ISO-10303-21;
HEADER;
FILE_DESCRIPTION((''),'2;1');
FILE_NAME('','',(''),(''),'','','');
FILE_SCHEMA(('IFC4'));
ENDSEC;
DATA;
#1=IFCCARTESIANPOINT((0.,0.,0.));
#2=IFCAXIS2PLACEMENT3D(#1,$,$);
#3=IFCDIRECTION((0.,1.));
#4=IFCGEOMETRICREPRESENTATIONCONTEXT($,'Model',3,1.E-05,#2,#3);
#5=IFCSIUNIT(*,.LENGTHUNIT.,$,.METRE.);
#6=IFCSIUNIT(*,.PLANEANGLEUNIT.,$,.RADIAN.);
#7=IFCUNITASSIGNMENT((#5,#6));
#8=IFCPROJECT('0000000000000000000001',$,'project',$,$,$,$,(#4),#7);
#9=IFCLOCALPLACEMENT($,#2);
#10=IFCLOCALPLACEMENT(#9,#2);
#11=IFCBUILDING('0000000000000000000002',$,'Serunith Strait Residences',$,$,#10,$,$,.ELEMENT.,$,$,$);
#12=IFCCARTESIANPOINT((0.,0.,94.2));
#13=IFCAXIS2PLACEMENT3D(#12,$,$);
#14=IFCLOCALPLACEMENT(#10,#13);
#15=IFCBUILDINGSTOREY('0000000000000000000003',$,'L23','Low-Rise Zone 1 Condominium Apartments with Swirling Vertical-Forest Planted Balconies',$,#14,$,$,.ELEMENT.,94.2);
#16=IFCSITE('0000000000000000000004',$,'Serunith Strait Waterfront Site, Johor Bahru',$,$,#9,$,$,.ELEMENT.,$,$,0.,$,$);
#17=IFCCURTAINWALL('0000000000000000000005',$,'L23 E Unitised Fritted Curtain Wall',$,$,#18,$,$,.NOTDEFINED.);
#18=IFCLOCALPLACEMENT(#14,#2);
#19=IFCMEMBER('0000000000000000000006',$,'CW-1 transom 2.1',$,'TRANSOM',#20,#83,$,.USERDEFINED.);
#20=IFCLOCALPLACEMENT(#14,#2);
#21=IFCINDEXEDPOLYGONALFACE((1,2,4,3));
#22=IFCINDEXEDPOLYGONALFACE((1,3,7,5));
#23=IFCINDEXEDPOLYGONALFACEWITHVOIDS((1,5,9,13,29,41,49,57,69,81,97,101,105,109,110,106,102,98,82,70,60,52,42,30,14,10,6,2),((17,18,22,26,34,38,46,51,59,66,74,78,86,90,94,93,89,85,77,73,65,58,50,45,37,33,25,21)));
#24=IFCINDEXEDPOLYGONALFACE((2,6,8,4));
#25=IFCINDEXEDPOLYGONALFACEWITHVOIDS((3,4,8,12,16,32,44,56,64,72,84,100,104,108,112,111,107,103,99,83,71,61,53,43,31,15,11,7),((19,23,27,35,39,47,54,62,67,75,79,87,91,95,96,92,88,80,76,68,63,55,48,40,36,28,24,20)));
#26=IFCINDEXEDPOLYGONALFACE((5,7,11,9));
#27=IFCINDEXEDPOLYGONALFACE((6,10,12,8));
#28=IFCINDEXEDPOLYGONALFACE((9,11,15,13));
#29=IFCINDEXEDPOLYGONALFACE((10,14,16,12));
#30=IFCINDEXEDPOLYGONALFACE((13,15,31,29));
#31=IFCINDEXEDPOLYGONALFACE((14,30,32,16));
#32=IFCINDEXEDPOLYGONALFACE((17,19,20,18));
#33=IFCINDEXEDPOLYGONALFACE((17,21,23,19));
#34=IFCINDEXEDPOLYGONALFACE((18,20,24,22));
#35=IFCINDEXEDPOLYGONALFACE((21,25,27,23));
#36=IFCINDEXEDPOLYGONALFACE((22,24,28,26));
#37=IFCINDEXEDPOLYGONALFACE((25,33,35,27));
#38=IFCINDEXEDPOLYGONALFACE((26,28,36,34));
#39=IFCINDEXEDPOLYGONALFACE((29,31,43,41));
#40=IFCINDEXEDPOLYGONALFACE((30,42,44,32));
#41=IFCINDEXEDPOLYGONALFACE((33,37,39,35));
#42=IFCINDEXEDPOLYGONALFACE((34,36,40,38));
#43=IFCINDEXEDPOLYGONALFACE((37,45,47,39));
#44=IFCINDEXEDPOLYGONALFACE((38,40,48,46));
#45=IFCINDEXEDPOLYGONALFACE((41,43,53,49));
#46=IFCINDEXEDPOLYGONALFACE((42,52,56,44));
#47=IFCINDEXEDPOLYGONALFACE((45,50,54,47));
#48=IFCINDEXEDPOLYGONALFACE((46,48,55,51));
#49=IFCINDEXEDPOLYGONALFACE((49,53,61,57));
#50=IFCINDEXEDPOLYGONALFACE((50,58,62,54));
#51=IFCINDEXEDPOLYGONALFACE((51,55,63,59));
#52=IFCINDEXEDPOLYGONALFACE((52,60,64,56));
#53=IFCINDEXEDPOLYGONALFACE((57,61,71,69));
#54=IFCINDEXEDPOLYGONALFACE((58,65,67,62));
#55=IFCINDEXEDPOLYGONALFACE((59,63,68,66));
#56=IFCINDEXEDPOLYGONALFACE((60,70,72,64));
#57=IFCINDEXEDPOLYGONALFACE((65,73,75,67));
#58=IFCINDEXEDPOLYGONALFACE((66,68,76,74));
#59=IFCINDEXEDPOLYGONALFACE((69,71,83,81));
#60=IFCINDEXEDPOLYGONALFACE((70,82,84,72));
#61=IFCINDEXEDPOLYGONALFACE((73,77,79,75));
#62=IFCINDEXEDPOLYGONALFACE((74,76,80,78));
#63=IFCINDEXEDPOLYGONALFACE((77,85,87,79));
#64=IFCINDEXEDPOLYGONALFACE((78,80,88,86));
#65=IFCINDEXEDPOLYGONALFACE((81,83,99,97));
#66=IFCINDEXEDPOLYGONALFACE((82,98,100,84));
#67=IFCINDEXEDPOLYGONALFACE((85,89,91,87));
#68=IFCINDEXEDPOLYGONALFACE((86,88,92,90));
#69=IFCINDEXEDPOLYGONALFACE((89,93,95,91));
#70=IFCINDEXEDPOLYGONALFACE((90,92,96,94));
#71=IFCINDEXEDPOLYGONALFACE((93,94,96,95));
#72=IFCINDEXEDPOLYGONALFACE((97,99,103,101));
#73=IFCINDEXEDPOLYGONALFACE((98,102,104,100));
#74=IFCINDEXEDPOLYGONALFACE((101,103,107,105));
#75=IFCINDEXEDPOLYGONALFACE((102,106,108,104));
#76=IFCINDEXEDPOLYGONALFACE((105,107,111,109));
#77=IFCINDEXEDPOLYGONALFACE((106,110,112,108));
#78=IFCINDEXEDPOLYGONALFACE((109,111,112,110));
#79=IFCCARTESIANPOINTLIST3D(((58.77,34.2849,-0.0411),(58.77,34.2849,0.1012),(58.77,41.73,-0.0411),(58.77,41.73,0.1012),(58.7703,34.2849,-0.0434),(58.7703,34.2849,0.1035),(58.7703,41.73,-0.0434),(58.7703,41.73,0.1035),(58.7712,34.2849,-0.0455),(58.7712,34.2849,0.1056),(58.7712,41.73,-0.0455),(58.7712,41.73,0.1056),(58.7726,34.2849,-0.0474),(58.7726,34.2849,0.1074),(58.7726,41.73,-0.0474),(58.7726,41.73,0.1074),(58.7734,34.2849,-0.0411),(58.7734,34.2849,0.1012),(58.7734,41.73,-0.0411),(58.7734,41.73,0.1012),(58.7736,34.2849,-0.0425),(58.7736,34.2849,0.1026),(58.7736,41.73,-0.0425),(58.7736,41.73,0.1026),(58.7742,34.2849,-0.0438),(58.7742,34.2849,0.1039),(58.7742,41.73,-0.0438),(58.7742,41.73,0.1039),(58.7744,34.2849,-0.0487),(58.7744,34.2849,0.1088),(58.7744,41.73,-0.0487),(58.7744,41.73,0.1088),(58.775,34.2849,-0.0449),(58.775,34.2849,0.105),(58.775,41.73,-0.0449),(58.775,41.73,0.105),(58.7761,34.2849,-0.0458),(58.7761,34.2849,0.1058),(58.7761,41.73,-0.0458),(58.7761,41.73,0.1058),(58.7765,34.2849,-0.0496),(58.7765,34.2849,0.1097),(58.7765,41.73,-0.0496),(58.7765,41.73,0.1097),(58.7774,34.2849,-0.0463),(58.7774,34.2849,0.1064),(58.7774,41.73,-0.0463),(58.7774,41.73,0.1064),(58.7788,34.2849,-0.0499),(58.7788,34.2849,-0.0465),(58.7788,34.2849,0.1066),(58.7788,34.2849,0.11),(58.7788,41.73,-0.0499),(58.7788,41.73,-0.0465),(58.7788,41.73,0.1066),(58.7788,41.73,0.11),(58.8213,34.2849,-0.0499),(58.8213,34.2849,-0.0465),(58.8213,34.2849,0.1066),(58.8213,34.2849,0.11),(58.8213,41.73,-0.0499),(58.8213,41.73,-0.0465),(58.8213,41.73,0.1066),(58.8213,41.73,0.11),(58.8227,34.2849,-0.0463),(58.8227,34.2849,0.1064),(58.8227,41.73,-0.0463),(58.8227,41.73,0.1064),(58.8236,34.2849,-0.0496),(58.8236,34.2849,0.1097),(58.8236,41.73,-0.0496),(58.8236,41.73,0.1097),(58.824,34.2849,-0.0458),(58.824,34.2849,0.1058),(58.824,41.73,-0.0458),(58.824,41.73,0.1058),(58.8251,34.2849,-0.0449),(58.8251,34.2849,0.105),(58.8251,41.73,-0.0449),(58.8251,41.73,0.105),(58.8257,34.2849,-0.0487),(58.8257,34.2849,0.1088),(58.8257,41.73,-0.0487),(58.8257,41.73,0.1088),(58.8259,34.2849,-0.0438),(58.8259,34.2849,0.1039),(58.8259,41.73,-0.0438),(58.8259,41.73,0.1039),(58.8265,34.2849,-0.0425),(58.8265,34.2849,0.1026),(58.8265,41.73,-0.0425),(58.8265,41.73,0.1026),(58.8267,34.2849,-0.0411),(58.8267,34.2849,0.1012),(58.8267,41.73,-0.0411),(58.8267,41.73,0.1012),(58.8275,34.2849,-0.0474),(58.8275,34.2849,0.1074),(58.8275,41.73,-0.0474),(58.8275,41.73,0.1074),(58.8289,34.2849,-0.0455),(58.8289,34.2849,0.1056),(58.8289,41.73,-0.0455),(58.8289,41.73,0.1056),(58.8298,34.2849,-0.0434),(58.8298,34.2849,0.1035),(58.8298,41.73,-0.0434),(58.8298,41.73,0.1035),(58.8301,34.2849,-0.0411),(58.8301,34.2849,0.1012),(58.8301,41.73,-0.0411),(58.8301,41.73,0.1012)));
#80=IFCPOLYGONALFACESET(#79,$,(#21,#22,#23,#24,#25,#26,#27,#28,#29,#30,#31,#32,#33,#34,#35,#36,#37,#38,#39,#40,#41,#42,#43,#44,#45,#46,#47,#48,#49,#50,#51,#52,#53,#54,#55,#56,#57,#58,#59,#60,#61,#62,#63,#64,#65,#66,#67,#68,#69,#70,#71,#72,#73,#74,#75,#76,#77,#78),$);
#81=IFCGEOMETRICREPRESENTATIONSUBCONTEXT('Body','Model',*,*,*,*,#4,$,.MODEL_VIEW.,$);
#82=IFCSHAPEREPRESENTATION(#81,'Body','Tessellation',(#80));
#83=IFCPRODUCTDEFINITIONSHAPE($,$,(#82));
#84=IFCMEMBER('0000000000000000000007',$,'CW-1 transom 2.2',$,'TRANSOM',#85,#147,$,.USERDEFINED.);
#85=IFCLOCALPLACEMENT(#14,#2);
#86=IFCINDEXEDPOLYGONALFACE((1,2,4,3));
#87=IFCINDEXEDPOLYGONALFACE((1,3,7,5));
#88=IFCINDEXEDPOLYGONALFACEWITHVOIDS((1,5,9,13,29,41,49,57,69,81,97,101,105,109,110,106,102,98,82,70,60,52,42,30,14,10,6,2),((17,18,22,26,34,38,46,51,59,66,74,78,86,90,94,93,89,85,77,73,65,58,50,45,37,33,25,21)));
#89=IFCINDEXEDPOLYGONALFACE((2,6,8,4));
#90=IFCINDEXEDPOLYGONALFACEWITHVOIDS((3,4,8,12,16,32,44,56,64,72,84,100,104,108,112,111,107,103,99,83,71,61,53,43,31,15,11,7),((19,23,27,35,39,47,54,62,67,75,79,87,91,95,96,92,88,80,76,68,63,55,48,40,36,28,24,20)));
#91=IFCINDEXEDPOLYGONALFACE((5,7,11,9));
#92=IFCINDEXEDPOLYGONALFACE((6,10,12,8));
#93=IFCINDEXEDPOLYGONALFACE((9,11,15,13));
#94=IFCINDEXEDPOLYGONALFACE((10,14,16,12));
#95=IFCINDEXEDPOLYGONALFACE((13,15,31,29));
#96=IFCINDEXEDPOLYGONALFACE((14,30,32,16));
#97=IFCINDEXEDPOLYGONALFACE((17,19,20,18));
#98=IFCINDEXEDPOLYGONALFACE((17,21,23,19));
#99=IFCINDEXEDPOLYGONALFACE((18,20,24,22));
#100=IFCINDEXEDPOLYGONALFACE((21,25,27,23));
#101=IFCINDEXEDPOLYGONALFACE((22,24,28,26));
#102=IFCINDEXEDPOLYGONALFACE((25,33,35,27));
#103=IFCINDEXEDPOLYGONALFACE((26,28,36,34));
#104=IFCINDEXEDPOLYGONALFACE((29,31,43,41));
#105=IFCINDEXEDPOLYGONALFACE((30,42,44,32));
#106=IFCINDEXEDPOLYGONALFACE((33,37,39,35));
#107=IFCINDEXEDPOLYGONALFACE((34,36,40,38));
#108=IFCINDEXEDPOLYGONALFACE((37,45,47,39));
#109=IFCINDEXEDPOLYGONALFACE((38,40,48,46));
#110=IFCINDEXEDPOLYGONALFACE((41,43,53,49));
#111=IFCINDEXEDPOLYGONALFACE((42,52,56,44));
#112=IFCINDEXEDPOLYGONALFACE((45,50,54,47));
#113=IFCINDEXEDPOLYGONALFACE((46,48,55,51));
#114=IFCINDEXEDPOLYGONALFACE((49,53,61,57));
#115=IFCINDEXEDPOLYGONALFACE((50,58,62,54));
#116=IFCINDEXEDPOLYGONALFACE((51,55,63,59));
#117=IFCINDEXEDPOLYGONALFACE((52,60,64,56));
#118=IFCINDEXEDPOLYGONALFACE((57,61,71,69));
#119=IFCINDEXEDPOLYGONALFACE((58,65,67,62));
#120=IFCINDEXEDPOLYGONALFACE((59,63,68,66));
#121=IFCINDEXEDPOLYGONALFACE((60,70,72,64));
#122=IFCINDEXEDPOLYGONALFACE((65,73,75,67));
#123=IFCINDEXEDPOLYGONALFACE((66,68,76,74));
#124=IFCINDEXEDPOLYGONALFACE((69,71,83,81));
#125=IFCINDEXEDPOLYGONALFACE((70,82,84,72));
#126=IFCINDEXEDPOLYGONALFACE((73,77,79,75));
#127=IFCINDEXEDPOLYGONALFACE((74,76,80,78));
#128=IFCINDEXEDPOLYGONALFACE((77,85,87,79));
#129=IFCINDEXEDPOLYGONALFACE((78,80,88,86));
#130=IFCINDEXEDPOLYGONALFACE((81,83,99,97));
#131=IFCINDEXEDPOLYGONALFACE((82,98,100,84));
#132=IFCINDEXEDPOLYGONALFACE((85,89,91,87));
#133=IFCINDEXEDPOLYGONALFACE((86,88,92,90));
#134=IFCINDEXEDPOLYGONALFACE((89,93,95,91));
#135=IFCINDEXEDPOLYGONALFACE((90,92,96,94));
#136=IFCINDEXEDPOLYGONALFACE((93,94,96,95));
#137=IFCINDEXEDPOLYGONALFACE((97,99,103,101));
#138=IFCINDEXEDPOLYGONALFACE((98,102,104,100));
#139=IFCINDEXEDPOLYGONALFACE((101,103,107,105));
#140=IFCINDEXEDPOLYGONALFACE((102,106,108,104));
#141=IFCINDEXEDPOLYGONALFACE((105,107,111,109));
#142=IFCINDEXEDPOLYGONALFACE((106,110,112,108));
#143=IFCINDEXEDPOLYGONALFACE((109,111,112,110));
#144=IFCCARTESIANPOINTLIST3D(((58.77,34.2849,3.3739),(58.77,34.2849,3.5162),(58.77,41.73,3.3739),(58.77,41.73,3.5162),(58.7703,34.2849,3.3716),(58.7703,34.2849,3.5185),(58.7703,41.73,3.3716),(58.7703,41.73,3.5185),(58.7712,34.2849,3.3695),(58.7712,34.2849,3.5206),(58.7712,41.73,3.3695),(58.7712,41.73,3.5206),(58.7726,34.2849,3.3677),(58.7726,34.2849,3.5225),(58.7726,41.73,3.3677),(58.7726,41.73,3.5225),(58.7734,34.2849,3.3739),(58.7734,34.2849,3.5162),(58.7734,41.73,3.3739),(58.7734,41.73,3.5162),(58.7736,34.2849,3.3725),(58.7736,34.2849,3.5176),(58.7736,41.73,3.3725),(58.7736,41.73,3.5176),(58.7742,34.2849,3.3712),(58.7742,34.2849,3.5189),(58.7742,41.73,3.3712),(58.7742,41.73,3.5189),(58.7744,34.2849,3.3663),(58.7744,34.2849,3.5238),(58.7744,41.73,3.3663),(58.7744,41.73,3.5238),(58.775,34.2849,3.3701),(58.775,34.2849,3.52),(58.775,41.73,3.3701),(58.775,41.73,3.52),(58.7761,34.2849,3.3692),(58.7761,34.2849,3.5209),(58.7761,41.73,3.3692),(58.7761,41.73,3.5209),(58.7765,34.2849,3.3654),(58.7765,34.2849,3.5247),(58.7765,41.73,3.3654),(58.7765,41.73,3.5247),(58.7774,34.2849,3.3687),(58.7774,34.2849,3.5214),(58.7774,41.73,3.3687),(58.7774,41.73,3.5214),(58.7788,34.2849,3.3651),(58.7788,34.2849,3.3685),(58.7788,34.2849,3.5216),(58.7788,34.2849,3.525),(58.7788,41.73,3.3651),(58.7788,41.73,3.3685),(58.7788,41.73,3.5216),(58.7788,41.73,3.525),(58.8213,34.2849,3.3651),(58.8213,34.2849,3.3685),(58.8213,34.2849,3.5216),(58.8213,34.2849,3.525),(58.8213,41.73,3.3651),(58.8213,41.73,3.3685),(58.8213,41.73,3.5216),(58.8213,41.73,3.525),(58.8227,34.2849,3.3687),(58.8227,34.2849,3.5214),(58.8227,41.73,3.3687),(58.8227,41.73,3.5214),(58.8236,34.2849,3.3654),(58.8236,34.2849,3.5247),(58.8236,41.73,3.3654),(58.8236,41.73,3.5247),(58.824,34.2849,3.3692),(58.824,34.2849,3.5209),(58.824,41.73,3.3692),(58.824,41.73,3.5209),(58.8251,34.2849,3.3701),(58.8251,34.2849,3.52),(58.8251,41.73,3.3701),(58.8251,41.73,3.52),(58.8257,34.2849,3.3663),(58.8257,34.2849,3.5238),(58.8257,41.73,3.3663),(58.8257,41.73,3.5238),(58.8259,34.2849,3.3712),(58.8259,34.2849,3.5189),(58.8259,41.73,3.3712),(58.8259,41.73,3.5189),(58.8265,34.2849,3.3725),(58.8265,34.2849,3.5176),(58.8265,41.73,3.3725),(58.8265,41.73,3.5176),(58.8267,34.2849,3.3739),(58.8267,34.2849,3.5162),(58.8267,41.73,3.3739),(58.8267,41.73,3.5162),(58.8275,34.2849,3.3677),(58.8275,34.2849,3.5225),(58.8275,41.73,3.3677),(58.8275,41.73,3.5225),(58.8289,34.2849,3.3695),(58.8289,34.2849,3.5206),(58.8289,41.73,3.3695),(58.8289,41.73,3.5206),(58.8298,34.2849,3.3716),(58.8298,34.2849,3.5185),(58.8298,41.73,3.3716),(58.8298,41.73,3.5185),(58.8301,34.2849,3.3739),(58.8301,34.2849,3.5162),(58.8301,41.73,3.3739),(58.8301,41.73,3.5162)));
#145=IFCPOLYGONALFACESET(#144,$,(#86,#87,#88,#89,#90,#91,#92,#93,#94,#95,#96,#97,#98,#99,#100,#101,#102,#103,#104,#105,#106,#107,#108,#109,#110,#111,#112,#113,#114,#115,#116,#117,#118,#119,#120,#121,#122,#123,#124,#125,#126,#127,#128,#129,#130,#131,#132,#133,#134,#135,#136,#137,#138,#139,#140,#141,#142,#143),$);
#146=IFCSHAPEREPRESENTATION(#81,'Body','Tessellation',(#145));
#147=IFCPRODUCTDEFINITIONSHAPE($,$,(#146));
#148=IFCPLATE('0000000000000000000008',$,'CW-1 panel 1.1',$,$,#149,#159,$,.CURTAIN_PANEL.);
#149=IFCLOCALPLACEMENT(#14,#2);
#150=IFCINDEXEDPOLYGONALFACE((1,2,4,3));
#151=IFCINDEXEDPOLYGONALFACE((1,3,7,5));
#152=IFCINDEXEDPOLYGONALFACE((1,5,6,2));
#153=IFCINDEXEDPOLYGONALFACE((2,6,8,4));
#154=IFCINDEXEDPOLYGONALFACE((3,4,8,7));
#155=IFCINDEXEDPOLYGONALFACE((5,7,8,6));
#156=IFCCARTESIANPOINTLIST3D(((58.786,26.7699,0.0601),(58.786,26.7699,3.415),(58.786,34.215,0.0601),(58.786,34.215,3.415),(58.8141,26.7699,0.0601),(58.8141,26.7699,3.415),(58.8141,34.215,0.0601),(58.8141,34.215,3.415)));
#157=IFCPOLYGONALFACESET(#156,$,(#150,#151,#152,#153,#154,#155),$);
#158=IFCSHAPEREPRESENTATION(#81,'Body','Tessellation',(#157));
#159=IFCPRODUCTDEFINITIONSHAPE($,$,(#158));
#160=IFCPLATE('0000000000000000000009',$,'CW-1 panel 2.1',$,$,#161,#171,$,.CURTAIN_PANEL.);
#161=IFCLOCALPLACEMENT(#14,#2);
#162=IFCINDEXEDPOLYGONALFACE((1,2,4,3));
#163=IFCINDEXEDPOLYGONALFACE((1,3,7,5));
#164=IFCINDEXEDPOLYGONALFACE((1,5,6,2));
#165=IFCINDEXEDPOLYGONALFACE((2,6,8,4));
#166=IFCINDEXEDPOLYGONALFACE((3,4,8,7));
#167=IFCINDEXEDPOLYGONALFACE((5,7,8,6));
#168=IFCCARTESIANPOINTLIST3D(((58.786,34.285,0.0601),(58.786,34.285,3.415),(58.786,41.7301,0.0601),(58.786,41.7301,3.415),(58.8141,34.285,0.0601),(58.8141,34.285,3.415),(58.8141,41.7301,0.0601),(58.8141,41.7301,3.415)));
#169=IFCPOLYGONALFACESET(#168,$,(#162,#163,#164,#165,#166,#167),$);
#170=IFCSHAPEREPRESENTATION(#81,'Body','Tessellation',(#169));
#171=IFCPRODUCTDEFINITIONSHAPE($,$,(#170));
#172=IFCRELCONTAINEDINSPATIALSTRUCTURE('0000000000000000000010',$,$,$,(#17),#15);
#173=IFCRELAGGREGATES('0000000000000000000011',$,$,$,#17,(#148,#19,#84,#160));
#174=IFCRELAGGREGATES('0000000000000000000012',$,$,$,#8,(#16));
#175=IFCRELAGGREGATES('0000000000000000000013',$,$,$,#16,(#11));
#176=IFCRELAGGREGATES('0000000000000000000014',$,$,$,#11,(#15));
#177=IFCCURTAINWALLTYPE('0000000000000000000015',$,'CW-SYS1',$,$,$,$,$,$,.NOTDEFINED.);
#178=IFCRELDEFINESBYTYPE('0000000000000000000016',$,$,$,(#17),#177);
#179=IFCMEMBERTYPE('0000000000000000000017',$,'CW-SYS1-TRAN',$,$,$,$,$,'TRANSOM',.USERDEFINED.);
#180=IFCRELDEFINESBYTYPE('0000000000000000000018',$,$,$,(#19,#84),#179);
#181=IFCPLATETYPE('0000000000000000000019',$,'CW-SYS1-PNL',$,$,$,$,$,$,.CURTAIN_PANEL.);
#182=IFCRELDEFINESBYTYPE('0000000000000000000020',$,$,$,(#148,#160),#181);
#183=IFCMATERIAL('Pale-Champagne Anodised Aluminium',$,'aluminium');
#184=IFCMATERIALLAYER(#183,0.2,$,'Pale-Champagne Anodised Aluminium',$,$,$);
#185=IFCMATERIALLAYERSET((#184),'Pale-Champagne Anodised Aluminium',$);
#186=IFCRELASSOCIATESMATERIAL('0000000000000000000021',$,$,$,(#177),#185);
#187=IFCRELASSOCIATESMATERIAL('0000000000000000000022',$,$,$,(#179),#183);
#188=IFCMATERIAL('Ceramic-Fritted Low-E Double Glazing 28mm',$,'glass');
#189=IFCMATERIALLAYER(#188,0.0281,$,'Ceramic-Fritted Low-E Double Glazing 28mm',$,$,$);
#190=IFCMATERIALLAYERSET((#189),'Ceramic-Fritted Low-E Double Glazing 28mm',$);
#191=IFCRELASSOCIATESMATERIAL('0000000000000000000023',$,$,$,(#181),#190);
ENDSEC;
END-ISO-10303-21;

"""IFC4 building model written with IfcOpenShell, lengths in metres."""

from ifc_helpers import new_model, si_unit, direction, frame, origin, origin_2d, place, context, subcontext, project, spatial, rectangle, hollow_rectangle, extrude, source, transform, mapped, material, layer, layer_set, material_profile, profile_set, type_object, element, aggregate, save


model = new_model("IFC4")

# Units and contexts
model_context = context("Model", 3, precision=1e-05, world=origin(), true_north=direction((0.0, 1.0)))
body_context = subcontext(model_context, "Body", "Model", "MODEL_VIEW")
ifc_project = project(units=[si_unit("LENGTHUNIT", "METRE"), si_unit("PLANEANGLEUNIT", "RADIAN")], contexts=[model_context])

# Site, building, storey
site_placement = place(None, origin())
site = spatial("IfcSite", under=ifc_project, at=site_placement, Name="Serunith Strait Waterfront Site, Johor Bahru", CompositionType="ELEMENT", RefElevation=0.0)
building_placement = place(site_placement, origin())
building = spatial("IfcBuilding", under=site, at=building_placement, Name="Serunith Strait Residences", CompositionType="ELEMENT")
storey_placement = place(building_placement, frame((0.0, 0.0, 94.2)))
storey = spatial("IfcBuildingStorey", under=building, at=storey_placement, Name="L23", Description="Low-Rise Zone 1 Condominium Apartments with Swirling Vertical-Forest Planted Balconies", CompositionType="ELEMENT", Elevation=94.2)

# Curtain wall, members, plates
ifc_material_1 = material(Name="Pale-Champagne Anodised Aluminium", Category="aluminium")
ifc_layer_1 = layer(ifc_material_1, 0.2, Name="Pale-Champagne Anodised Aluminium")
ifc_layer_set_1 = layer_set([ifc_layer_1], Name="Pale-Champagne Anodised Aluminium")
curtain_wall_type = type_object("IfcCurtainWallType", Name="CW-SYS1", PredefinedType="NOTDEFINED", material=ifc_layer_set_1)
curtain_wall_placement = place(storey_placement, origin())
curtain_wall = element("IfcCurtainWall", 1, at=curtain_wall_placement, inside=storey, type_object=curtain_wall_type, Name="L23 E Unitised Fritted Curtain Wall", PredefinedType="NOTDEFINED")
ifc_material_profile_1 = material_profile(ifc_material_1, hollow_rectangle(XDim=0.0601, YDim=0.1599, WallThickness=0.0034, InnerFilletRadius=0.0054, OuterFilletRadius=0.0088, at=origin_2d()), Name="ALU 160x60x3.5")
ifc_profile_set_1 = profile_set([ifc_material_profile_1], Name="Pale-Champagne Anodised Aluminium")
member_type_1 = type_object("IfcMemberType", Name="CW-SYS1-TRAN", ElementType="TRANSOM", PredefinedType="USERDEFINED", material=ifc_profile_set_1)
shared_shape_1 = source(origin(), body_context, "Body", "SweptSolid", [
    extrude(hollow_rectangle(XDim=0.0601, YDim=0.1599, WallThickness=0.0034, InnerFilletRadius=0.0054, OuterFilletRadius=0.0088, at=origin_2d()), origin(), (0.0, 0.0, 1.0), 7.4451),
])
member_1_placement = place(storey_placement, frame((58.8, 34.2849, 0.03), z_axis=(0.0, 1.0, 0.0), x_axis=(-1.0, 0.0, 0.0)))
member_1 = element("IfcMember", 2, at=member_1_placement, type_object=member_type_1, Name="CW-1 transom 2.1", ObjectType="TRANSOM", PredefinedType="USERDEFINED", context=body_context, shape_type="MappedRepresentation", body=[
    mapped(shared_shape_1, transform((0.0, 0.0, 0.0), scale=1.0)),
])
member_2_placement = place(storey_placement, frame((58.8, 34.2849, 3.4451), z_axis=(0.0, 1.0, 0.0), x_axis=(-1.0, 0.0, 0.0)))
member_2 = element("IfcMember", 3, at=member_2_placement, type_object=member_type_1, Name="CW-1 transom 2.2", ObjectType="TRANSOM", PredefinedType="USERDEFINED", context=body_context, shape_type="MappedRepresentation", body=[
    mapped(shared_shape_1, transform((0.0, 0.0, 0.0), scale=1.0)),
])
ifc_material_2 = material(Name="Ceramic-Fritted Low-E Double Glazing 28mm", Category="glass")
ifc_layer_2 = layer(ifc_material_2, 0.0281, Name="Ceramic-Fritted Low-E Double Glazing 28mm")
ifc_layer_set_2 = layer_set([ifc_layer_2], Name="Ceramic-Fritted Low-E Double Glazing 28mm")
plate_type = type_object("IfcPlateType", Name="CW-SYS1-PNL", PredefinedType="CURTAIN_PANEL", material=ifc_layer_set_2)
shared_shape_2 = source(origin(), body_context, "Body", "SweptSolid", [
    extrude(rectangle(XDim=7.4451, YDim=0.0281, at=origin_2d()), origin(), (0.0, 0.0, 1.0), 3.355),
])
plate_1_placement = place(storey_placement, frame((58.8, 30.4924, 0.0601), z_axis=(0.0, 0.0, 1.0), x_axis=(0.0, 1.0, 0.0)))
plate_1 = element("IfcPlate", 4, at=plate_1_placement, type_object=plate_type, Name="CW-1 panel 1.1", PredefinedType="CURTAIN_PANEL", context=body_context, shape_type="MappedRepresentation", body=[
    mapped(shared_shape_2, transform((0.0, 0.0, 0.0), scale=1.0)),
])
plate_2_placement = place(storey_placement, frame((58.8, 38.0076, 0.0601), z_axis=(0.0, 0.0, 1.0), x_axis=(0.0, 1.0, 0.0)))
plate_2 = element("IfcPlate", 5, at=plate_2_placement, type_object=plate_type, Name="CW-1 panel 2.1", PredefinedType="CURTAIN_PANEL", context=body_context, shape_type="MappedRepresentation", body=[
    mapped(shared_shape_2, transform((0.0, 0.0, 0.0), scale=1.0)),
])
aggregate(curtain_wall, [plate_1, member_1, member_2, plate_2])

save(model, "model.ifc")
